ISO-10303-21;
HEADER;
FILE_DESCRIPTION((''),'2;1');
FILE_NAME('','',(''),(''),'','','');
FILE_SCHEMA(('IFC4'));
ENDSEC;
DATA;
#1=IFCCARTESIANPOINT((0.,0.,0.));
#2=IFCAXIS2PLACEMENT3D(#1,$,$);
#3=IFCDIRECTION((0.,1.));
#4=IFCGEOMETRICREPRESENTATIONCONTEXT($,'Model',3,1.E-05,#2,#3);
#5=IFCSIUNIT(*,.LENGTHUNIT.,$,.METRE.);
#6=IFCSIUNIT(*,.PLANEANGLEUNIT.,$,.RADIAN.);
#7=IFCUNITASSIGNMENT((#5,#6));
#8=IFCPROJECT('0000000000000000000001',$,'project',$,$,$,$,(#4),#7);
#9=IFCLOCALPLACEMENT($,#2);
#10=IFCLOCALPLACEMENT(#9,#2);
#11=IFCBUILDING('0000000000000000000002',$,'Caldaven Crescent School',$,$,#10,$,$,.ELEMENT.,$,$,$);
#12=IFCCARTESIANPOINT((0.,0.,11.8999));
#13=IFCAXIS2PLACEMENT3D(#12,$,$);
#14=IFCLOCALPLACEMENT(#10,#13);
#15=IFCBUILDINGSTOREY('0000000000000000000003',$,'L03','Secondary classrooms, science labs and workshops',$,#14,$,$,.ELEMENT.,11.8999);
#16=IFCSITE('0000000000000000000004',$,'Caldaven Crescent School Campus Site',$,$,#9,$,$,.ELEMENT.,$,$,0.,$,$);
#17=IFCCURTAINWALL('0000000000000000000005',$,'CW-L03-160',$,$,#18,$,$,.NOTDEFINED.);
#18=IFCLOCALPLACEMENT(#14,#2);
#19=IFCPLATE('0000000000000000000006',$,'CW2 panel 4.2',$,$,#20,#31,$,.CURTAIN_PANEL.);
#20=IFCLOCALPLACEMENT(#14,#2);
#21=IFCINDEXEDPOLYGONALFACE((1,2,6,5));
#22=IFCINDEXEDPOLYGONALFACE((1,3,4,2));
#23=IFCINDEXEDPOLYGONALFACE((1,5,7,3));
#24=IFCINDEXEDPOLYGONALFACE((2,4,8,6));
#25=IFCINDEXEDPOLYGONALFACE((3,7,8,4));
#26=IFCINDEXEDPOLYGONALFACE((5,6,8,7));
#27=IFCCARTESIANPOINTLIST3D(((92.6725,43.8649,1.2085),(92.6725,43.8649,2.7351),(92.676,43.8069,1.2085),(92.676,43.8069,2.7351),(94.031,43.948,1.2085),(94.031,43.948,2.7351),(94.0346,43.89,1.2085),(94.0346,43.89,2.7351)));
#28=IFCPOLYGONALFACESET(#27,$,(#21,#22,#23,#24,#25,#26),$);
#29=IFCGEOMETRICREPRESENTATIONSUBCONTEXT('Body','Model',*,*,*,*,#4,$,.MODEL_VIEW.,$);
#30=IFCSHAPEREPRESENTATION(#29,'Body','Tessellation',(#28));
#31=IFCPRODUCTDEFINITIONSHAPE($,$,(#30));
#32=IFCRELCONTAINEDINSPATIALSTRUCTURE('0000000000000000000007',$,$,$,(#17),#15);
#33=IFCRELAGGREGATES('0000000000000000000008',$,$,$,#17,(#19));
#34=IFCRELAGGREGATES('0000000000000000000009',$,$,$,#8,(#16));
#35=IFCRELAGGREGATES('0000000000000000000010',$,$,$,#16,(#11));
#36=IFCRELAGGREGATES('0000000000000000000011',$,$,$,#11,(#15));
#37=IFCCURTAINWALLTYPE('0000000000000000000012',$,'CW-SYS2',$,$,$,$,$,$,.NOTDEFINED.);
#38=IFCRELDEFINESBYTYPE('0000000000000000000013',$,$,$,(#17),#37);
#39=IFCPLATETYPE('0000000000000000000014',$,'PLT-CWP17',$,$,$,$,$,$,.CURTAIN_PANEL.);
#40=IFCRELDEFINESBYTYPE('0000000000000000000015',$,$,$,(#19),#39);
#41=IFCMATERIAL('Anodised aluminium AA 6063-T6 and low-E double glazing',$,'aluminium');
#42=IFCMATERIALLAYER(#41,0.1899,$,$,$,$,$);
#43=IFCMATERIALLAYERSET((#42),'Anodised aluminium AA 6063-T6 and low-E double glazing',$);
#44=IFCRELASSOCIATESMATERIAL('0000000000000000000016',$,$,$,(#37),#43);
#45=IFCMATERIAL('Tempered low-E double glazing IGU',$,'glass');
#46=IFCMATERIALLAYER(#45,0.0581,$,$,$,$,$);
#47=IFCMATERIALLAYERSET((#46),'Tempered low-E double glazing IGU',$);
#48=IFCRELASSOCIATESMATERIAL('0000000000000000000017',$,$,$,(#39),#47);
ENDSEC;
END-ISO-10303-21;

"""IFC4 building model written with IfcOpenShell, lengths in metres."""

from ifc_helpers import new_model, si_unit, direction, frame, origin, origin_2d, place, context, subcontext, project, spatial, rectangle, extrude, material, layer, layer_set, type_object, element, aggregate, save


model = new_model("IFC4")

# Units and contexts
model_context = context("Model", 3, precision=1e-05, world=origin(), true_north=direction((0.0, 1.0)))
body_context = subcontext(model_context, "Body", "Model", "MODEL_VIEW")
ifc_project = project(units=[si_unit("LENGTHUNIT", "METRE"), si_unit("PLANEANGLEUNIT", "RADIAN")], contexts=[model_context])

# Site, building, storey
site_placement = place(None, origin())
site = spatial("IfcSite", under=ifc_project, at=site_placement, Name="Caldaven Crescent School Campus Site", CompositionType="ELEMENT", RefElevation=0.0)
building_placement = place(site_placement, origin())
building = spatial("IfcBuilding", under=site, at=building_placement, Name="Caldaven Crescent School", CompositionType="ELEMENT")
storey_placement = place(building_placement, frame((0.0, 0.0, 11.8999)))
storey = spatial("IfcBuildingStorey", under=building, at=storey_placement, Name="L03", Description="Secondary classrooms, science labs and workshops", CompositionType="ELEMENT", Elevation=11.8999)

# Curtain wall
ifc_material_1 = material(Name="Anodised aluminium AA 6063-T6 and low-E double glazing", Category="aluminium")
ifc_layer_1 = layer(ifc_material_1, 0.1899)
ifc_layer_set_1 = layer_set([ifc_layer_1], Name="Anodised aluminium AA 6063-T6 and low-E double glazing")
curtain_wall_type_1 = type_object("IfcCurtainWallType", Name="CW-SYS2", PredefinedType="NOTDEFINED", material=ifc_layer_set_1)
curtain_wall_1_placement = place(storey_placement, origin())
curtain_wall_1 = element("IfcCurtainWall", 1, at=curtain_wall_1_placement, inside=storey, type_object=curtain_wall_type_1, Name="CW-L03-160", PredefinedType="NOTDEFINED")

# Plate
ifc_material_2 = material(Name="Tempered low-E double glazing IGU", Category="glass")
ifc_layer_2 = layer(ifc_material_2, 0.0581)
ifc_layer_set_2 = layer_set([ifc_layer_2], Name="Tempered low-E double glazing IGU")
plate_type_1 = type_object("IfcPlateType", Name="PLT-CWP17", PredefinedType="CURTAIN_PANEL", material=ifc_layer_set_2)
plate_1_placement = place(storey_placement, frame((93.3535, 43.8774, 1.2085), z_axis=(0.0, 0.0, 1.0), x_axis=(0.998135, 0.061049, 0.0)))
plate_1 = element("IfcPlate", 2, at=plate_1_placement, type_object=plate_type_1, Name="CW2 panel 4.2", PredefinedType="CURTAIN_PANEL", context=body_context, shape_type="SweptSolid", body=[
    extrude(rectangle(XDim=1.3611, YDim=0.0581, at=origin_2d()), origin(), (0.0, 0.0, 1.0), 1.5266),
])
aggregate(curtain_wall_1, [plate_1])

save(model, "model.ifc")
